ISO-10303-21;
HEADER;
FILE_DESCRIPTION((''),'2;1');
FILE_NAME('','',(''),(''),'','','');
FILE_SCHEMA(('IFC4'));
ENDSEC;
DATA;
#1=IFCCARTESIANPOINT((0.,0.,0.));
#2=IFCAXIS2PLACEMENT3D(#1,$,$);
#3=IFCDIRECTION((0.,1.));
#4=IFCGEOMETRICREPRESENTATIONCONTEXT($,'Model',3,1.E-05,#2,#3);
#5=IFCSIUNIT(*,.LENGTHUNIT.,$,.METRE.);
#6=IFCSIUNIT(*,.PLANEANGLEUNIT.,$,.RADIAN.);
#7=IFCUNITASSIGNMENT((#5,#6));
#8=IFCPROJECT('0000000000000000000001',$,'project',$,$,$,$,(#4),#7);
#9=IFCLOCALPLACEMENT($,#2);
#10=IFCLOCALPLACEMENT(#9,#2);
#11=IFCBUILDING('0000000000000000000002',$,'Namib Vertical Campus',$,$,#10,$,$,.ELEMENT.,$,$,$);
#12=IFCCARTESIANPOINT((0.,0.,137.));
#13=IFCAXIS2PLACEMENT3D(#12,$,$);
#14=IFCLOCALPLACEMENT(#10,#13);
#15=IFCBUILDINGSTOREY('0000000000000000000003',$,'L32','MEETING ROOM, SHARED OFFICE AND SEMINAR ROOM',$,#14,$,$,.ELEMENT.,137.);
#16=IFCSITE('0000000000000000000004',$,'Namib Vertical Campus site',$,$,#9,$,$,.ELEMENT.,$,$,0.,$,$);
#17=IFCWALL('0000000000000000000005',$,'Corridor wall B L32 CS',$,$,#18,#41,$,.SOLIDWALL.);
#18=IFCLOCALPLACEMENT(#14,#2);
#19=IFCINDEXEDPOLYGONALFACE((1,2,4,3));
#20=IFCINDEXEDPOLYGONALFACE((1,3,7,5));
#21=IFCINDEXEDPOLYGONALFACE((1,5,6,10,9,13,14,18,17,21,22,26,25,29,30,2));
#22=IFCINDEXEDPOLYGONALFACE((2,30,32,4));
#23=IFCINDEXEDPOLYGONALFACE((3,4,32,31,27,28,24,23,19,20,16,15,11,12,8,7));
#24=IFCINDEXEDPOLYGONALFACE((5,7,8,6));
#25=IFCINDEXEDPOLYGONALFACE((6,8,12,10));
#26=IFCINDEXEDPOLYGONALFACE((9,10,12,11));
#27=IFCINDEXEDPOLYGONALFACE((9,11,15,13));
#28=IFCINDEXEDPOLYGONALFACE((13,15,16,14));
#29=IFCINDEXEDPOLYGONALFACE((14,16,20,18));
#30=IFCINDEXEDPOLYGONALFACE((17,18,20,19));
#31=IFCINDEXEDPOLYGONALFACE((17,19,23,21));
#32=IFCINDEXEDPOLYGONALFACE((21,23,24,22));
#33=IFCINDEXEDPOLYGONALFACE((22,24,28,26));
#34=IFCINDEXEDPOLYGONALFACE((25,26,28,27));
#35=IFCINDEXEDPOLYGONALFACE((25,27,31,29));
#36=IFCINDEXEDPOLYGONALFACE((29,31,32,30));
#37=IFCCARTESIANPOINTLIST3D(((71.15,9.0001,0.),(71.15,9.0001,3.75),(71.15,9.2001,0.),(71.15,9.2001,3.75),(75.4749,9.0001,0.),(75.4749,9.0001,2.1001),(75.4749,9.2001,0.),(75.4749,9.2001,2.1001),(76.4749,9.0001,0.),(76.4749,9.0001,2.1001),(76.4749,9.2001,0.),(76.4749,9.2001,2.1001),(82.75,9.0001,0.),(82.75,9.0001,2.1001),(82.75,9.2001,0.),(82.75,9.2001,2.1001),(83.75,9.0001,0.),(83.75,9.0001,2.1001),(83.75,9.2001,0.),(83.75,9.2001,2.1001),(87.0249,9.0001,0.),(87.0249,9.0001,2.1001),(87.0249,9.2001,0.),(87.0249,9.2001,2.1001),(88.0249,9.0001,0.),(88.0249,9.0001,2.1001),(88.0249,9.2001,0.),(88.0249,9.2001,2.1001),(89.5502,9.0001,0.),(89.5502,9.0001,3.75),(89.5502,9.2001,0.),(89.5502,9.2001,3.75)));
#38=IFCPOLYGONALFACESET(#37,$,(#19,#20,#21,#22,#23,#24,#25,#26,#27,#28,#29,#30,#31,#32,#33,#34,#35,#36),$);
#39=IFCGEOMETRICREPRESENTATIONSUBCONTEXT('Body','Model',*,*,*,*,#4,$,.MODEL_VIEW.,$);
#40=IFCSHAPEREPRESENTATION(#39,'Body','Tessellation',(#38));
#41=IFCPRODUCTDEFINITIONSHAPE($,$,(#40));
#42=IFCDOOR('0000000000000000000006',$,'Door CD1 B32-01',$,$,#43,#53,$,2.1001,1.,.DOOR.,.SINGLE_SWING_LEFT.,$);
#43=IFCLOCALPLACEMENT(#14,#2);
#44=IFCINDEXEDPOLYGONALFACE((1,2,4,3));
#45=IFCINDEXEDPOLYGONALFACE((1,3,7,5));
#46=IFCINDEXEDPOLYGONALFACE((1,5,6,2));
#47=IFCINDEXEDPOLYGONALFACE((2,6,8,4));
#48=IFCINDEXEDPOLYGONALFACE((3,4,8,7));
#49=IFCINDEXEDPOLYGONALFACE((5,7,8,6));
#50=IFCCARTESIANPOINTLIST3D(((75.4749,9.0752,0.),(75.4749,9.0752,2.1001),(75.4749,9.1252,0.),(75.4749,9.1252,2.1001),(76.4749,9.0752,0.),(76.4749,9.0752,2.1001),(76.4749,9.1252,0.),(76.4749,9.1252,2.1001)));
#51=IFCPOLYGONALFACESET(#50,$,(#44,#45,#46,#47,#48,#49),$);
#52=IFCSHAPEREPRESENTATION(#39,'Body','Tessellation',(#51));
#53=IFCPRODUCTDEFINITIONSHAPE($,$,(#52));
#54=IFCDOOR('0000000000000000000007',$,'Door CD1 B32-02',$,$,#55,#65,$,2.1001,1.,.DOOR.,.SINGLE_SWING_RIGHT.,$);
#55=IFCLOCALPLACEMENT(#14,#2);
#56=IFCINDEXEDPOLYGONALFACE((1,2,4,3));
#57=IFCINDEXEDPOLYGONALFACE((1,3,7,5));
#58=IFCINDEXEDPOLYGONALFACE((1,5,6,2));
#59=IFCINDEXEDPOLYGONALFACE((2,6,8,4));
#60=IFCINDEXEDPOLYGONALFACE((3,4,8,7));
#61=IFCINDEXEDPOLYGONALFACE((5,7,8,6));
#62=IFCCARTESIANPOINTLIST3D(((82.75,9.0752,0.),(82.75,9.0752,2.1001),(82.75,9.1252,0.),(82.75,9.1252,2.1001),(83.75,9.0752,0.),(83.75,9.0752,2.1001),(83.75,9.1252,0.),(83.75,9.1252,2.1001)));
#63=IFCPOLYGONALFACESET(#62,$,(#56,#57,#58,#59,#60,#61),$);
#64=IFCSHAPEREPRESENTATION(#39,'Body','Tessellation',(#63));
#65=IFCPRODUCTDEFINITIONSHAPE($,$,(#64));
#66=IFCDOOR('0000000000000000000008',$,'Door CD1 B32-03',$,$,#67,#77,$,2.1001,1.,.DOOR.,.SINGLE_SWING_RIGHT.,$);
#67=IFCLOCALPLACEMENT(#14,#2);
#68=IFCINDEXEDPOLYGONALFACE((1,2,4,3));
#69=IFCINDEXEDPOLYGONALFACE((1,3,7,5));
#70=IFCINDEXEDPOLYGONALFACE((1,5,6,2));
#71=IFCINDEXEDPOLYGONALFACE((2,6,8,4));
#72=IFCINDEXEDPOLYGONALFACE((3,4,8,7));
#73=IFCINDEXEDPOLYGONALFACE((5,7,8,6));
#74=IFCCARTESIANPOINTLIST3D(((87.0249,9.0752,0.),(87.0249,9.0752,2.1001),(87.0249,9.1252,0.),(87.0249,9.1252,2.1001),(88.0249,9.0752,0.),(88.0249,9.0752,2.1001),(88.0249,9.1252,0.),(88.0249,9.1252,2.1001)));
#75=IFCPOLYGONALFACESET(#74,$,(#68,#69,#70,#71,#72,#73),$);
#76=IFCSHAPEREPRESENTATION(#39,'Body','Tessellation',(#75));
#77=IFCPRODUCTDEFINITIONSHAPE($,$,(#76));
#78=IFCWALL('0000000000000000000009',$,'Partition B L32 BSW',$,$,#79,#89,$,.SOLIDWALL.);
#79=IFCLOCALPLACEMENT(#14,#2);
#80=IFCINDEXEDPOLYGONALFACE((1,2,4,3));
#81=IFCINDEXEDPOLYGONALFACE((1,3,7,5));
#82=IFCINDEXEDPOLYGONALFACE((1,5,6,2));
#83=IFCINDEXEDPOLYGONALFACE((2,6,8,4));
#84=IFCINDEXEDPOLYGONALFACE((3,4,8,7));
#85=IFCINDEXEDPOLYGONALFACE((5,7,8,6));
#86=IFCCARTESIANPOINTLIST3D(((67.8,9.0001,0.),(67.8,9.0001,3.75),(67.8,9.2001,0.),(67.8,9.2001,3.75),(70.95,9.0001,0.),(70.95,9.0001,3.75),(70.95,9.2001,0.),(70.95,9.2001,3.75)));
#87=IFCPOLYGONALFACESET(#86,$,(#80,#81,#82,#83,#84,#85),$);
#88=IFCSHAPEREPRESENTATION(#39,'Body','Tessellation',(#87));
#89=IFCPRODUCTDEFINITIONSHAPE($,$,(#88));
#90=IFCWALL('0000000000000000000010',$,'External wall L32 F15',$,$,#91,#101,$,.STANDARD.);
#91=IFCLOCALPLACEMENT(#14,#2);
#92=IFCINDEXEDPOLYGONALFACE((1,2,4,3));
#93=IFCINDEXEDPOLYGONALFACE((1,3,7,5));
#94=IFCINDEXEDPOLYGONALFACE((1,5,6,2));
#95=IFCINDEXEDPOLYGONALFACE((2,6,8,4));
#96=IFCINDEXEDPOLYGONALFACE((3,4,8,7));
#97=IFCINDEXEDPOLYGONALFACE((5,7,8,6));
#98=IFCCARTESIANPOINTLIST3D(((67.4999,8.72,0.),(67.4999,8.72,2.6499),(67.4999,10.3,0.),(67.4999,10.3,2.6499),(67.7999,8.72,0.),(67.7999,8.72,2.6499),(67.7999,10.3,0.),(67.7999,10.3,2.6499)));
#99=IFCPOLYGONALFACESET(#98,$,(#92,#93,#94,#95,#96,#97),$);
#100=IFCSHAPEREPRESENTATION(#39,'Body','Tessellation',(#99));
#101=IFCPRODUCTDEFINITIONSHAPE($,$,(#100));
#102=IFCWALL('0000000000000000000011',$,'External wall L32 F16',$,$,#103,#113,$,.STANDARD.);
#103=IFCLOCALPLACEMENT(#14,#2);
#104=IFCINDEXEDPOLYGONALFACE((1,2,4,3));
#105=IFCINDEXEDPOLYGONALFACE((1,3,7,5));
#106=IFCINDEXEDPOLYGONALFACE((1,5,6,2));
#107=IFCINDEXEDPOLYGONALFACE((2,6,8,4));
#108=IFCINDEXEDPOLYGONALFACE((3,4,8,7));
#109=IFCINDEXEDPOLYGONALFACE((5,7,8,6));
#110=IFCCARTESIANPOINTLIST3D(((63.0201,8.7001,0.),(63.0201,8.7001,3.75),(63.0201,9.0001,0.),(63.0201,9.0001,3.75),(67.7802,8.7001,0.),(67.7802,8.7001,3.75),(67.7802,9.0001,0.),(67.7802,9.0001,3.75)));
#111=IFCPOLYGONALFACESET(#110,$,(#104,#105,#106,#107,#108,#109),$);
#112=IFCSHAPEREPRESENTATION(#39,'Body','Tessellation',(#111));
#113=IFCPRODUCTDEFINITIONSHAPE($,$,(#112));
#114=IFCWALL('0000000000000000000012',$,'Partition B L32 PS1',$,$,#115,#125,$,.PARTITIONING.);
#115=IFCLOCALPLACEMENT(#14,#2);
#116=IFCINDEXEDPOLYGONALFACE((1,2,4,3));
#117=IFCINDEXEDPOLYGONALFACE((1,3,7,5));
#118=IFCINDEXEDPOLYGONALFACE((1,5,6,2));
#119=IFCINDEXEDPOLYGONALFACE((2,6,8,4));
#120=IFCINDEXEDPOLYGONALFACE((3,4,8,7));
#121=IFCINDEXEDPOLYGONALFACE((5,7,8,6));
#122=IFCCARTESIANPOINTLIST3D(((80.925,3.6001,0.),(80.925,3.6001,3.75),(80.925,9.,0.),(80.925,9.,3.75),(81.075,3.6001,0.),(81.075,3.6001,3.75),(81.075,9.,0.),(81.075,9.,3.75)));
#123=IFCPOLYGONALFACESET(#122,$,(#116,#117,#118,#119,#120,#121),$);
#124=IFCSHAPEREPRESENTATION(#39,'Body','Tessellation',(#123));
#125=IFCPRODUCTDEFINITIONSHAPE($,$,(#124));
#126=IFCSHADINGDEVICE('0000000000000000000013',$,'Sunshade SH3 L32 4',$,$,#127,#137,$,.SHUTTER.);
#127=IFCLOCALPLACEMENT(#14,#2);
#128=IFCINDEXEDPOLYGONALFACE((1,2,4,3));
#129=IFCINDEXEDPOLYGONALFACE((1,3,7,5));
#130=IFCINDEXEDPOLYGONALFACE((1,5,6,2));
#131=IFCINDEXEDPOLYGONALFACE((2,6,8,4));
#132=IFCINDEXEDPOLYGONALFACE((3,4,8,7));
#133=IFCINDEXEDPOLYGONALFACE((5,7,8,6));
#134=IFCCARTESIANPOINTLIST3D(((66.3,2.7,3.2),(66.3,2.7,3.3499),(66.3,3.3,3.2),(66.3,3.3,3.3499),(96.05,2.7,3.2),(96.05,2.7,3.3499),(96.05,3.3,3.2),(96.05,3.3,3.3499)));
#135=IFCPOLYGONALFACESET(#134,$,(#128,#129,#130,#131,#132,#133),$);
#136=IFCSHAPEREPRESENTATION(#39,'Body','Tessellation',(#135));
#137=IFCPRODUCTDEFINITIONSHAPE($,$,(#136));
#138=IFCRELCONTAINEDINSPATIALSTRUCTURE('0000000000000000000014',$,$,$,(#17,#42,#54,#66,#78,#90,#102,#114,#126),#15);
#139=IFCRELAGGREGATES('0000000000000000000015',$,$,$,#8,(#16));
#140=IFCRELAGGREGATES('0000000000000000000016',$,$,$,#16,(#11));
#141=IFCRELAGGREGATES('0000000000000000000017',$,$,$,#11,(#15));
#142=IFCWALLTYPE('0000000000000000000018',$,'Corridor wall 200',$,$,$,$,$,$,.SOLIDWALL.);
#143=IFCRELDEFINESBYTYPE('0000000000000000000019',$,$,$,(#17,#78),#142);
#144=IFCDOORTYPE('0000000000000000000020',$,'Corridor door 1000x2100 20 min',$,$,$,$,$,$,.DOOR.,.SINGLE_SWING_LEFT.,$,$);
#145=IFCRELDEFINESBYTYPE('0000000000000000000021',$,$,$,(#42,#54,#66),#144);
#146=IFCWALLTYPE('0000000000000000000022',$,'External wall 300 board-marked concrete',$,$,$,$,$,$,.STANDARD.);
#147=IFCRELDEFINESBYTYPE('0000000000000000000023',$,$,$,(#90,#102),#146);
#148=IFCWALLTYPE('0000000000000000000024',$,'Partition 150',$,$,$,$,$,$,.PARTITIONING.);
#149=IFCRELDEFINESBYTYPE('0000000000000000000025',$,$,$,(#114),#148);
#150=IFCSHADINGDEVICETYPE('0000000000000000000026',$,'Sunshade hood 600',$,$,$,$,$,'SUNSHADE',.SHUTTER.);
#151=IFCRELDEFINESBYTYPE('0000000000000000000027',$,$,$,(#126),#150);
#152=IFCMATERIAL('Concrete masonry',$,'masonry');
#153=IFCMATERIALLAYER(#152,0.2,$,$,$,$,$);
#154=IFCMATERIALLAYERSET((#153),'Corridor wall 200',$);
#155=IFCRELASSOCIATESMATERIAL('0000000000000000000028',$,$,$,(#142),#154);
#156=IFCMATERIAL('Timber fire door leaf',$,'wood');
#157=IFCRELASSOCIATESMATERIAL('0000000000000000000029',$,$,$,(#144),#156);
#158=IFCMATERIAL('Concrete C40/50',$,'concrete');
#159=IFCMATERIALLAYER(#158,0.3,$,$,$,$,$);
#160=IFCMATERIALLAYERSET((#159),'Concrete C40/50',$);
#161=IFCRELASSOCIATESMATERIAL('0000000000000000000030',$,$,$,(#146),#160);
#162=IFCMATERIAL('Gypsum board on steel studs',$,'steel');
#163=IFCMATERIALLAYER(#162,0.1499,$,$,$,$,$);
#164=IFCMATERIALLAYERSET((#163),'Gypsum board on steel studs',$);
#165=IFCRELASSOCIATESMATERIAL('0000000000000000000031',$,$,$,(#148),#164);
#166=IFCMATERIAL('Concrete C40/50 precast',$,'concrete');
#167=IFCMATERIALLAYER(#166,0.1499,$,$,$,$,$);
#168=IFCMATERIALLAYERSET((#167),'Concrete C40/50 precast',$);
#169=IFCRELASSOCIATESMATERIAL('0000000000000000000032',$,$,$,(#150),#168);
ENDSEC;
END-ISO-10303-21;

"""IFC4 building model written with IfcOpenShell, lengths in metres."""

from ifc_helpers import new_model, si_unit, direction, frame, frame_2d, origin, origin_2d, place, context, subcontext, project, spatial, rectangle, extrude, material, layer, layer_set, type_object, element, fill, save


model = new_model("IFC4")

# Units and contexts
model_context = context("Model", 3, precision=1e-05, world=origin(), true_north=direction((0.0, 1.0)))
body_context = subcontext(model_context, "Body", "Model", "MODEL_VIEW")
ifc_project = project(units=[si_unit("LENGTHUNIT", "METRE"), si_unit("PLANEANGLEUNIT", "RADIAN")], contexts=[model_context])

# Site, building, storey
site_placement = place(None, origin())
site = spatial("IfcSite", under=ifc_project, at=site_placement, Name="Namib Vertical Campus site", CompositionType="ELEMENT", RefElevation=0.0)
building_placement = place(site_placement, origin())
building = spatial("IfcBuilding", under=site, at=building_placement, Name="Namib Vertical Campus", CompositionType="ELEMENT")
storey_placement = place(building_placement, frame((0.0, 0.0, 137.0)))
storey = spatial("IfcBuildingStorey", under=building, at=storey_placement, Name="L32", Description="MEETING ROOM, SHARED OFFICE AND SEMINAR ROOM", CompositionType="ELEMENT", Elevation=137.0)

# Wall, openings, doors
ifc_material_1 = material(Name="Concrete masonry", Category="masonry")
ifc_layer_1 = layer(ifc_material_1, 0.2)
ifc_layer_set_1 = layer_set([ifc_layer_1], Name="Corridor wall 200")
wall_type_1 = type_object("IfcWallType", Name="Corridor wall 200", PredefinedType="SOLIDWALL", material=ifc_layer_set_1)
wall_1_placement = place(storey_placement, frame((71.1499, 9.1001, 0.0), z_axis=(0.0, 0.0, 1.0), x_axis=(1.0, 0.0, 0.0)))
wall_1 = element("IfcWall", 1, at=wall_1_placement, inside=storey, type_object=wall_type_1, Name="Corridor wall B L32 CS", PredefinedType="SOLIDWALL", context=body_context, shape_type="SweptSolid", body=[
    extrude(rectangle(XDim=18.4001, YDim=0.2, at=frame_2d((9.2002, 0.0))), origin(), (0.0, 0.0, 1.0), 3.75),
])
opening_1_placement = place(wall_1_placement, frame((4.325, 0.0, 0.0)))
opening_1 = element("IfcOpeningElement", 2, at=opening_1_placement, cuts=wall_1, PredefinedType="OPENING", context=body_context, shape_type="SweptSolid", body=[
    extrude(rectangle(XDim=1.0, YDim=2.1001, at=frame_2d((0.5, 1.05))), frame((0.0, 0.1099, 0.0), z_axis=(0.0, -1.0, 0.0), x_axis=(1.0, 0.0, 0.0)), (0.0, 0.0, 1.0), 0.22),
])
opening_2_placement = place(wall_1_placement, frame((11.6001, 0.0, 0.0)))
opening_2 = element("IfcOpeningElement", 3, at=opening_2_placement, cuts=wall_1, PredefinedType="OPENING", context=body_context, shape_type="SweptSolid", body=[
    extrude(rectangle(XDim=1.0, YDim=2.1001, at=frame_2d((0.5, 1.05))), frame((0.0, 0.1099, 0.0), z_axis=(0.0, -1.0, 0.0), x_axis=(1.0, 0.0, 0.0)), (0.0, 0.0, 1.0), 0.22),
])
opening_3_placement = place(wall_1_placement, frame((15.875, 0.0, 0.0)))
opening_3 = element("IfcOpeningElement", 4, at=opening_3_placement, cuts=wall_1, PredefinedType="OPENING", context=body_context, shape_type="SweptSolid", body=[
    extrude(rectangle(XDim=1.0, YDim=2.1001, at=frame_2d((0.5, 1.05))), frame((0.0, 0.1099, 0.0), z_axis=(0.0, -1.0, 0.0), x_axis=(1.0, 0.0, 0.0)), (0.0, 0.0, 1.0), 0.22),
])
ifc_material_2 = material(Name="Timber fire door leaf", Category="wood")
door_type_1 = type_object("IfcDoorType", Name="Corridor door 1000x2100 20 min", OperationType="SINGLE_SWING_LEFT", PredefinedType="DOOR", material=ifc_material_2)
door_1_placement = place(opening_1_placement, frame((1.0, 0.0, 0.0), z_axis=(0.0, 0.0, 1.0), x_axis=(-1.0, 0.0, 0.0)))
door_1 = element("IfcDoor", 5, at=door_1_placement, inside=storey, type_object=door_type_1, Name="Door CD1 B32-01", OperationType="SINGLE_SWING_LEFT", OverallHeight=2.1001, OverallWidth=1.0, PredefinedType="DOOR", context=body_context, shape_type="SweptSolid", body=[
    extrude(rectangle(XDim=1.0, YDim=2.1001, at=frame_2d((0.5, 1.05))), frame((0.0, 0.0249, 0.0), z_axis=(0.0, -1.0, 0.0), x_axis=(1.0, 0.0, 0.0)), (0.0, 0.0, 1.0), 0.05),
])
fill(opening_1, door_1)
door_2_placement = place(opening_2_placement, frame((1.0, 0.0, 0.0), z_axis=(0.0, 0.0, 1.0), x_axis=(-1.0, 0.0, 0.0)))
door_2 = element("IfcDoor", 6, at=door_2_placement, inside=storey, type_object=door_type_1, Name="Door CD1 B32-02", OperationType="SINGLE_SWING_RIGHT", OverallHeight=2.1001, OverallWidth=1.0, PredefinedType="DOOR", context=body_context, shape_type="SweptSolid", body=[
    extrude(rectangle(XDim=1.0, YDim=2.1001, at=frame_2d((0.5, 1.05))), frame((0.0, 0.0249, 0.0), z_axis=(0.0, -1.0, 0.0), x_axis=(1.0, 0.0, 0.0)), (0.0, 0.0, 1.0), 0.05),
])
fill(opening_2, door_2)
door_3_placement = place(opening_3_placement, frame((1.0, 0.0, 0.0), z_axis=(0.0, 0.0, 1.0), x_axis=(-1.0, 0.0, 0.0)))
door_3 = element("IfcDoor", 7, at=door_3_placement, inside=storey, type_object=door_type_1, Name="Door CD1 B32-03", OperationType="SINGLE_SWING_RIGHT", OverallHeight=2.1001, OverallWidth=1.0, PredefinedType="DOOR", context=body_context, shape_type="SweptSolid", body=[
    extrude(rectangle(XDim=1.0, YDim=2.1001, at=frame_2d((0.5, 1.05))), frame((0.0, 0.0249, 0.0), z_axis=(0.0, -1.0, 0.0), x_axis=(1.0, 0.0, 0.0)), (0.0, 0.0, 1.0), 0.05),
])
fill(opening_3, door_3)

# Walls
wall_2_placement = place(storey_placement, frame((67.8, 9.1001, 0.0), z_axis=(0.0, 0.0, 1.0), x_axis=(1.0, 0.0, 0.0)))
element("IfcWall", 8, at=wall_2_placement, inside=storey, type_object=wall_type_1, Name="Partition B L32 BSW", PredefinedType="SOLIDWALL", context=body_context, shape_type="SweptSolid", body=[
    extrude(rectangle(XDim=3.1499, YDim=0.2, at=frame_2d((1.575, 0.0))), origin(), (0.0, 0.0, 1.0), 3.75),
])
ifc_material_3 = material(Name="Concrete C40/50", Category="concrete")
ifc_layer_2 = layer(ifc_material_3, 0.3)
ifc_layer_set_2 = layer_set([ifc_layer_2], Name="Concrete C40/50")
wall_type_2 = type_object("IfcWallType", Name="External wall 300 board-marked concrete", PredefinedType="STANDARD", material=ifc_layer_set_2)
wall_3_placement = place(storey_placement, frame((67.6499, 10.3, 0.0), z_axis=(0.0, 0.0, 1.0), x_axis=(0.0, -1.0, 0.0)))
element("IfcWall", 9, at=wall_3_placement, inside=storey, type_object=wall_type_2, Name="External wall L32 F15", PredefinedType="STANDARD", context=body_context, shape_type="SweptSolid", body=[
    extrude(rectangle(XDim=1.5801, YDim=0.3, at=frame_2d((0.79, 0.0))), origin(), (0.0, 0.0, 1.0), 2.6499),
])
wall_4_placement = place(storey_placement, frame((67.78, 8.8501, 0.0), z_axis=(0.0, 0.0, 1.0), x_axis=(-1.0, 0.0, 0.0)))
element("IfcWall", 10, at=wall_4_placement, inside=storey, type_object=wall_type_2, Name="External wall L32 F16", PredefinedType="STANDARD", context=body_context, shape_type="SweptSolid", body=[
    extrude(rectangle(XDim=4.76, YDim=0.3, at=frame_2d((2.3799, 0.0))), origin(), (0.0, 0.0, 1.0), 3.75),
])
ifc_material_4 = material(Name="Gypsum board on steel studs", Category="steel")
ifc_layer_3 = layer(ifc_material_4, 0.1499)
ifc_layer_set_3 = layer_set([ifc_layer_3], Name="Gypsum board on steel studs")
wall_type_3 = type_object("IfcWallType", Name="Partition 150", PredefinedType="PARTITIONING", material=ifc_layer_set_3)
wall_5_placement = place(storey_placement, frame((81.0, 3.6001, 0.0), z_axis=(0.0, 0.0, 1.0), x_axis=(0.0, 1.0, 0.0)))
element("IfcWall", 11, at=wall_5_placement, inside=storey, type_object=wall_type_3, Name="Partition B L32 PS1", PredefinedType="PARTITIONING", context=body_context, shape_type="SweptSolid", body=[
    extrude(rectangle(XDim=5.3999, YDim=0.1499, at=frame_2d((2.7, 0.0))), origin(), (0.0, 0.0, 1.0), 3.75),
])

# Shading device
ifc_material_5 = material(Name="Concrete C40/50 precast", Category="concrete")
ifc_layer_4 = layer(ifc_material_5, 0.1499)
ifc_layer_set_4 = layer_set([ifc_layer_4], Name="Concrete C40/50 precast")
shading_device_type = type_object("IfcShadingDeviceType", Name="Sunshade hood 600", ElementType="SUNSHADE", PredefinedType="SHUTTER", material=ifc_layer_set_4)
shading_device_placement = place(storey_placement, frame((81.175, 3.0, 3.2), z_axis=(0.0, 0.0, 1.0), x_axis=(1.0, 0.0, 0.0)))
element("IfcShadingDevice", 12, at=shading_device_placement, inside=storey, type_object=shading_device_type, Name="Sunshade SH3 L32 4", PredefinedType="SHUTTER", context=body_context, shape_type="SweptSolid", body=[
    extrude(rectangle(XDim=29.75, YDim=0.6001, at=origin_2d()), origin(), (0.0, 0.0, 1.0), 0.1499),
])

save(model, "model.ifc")
